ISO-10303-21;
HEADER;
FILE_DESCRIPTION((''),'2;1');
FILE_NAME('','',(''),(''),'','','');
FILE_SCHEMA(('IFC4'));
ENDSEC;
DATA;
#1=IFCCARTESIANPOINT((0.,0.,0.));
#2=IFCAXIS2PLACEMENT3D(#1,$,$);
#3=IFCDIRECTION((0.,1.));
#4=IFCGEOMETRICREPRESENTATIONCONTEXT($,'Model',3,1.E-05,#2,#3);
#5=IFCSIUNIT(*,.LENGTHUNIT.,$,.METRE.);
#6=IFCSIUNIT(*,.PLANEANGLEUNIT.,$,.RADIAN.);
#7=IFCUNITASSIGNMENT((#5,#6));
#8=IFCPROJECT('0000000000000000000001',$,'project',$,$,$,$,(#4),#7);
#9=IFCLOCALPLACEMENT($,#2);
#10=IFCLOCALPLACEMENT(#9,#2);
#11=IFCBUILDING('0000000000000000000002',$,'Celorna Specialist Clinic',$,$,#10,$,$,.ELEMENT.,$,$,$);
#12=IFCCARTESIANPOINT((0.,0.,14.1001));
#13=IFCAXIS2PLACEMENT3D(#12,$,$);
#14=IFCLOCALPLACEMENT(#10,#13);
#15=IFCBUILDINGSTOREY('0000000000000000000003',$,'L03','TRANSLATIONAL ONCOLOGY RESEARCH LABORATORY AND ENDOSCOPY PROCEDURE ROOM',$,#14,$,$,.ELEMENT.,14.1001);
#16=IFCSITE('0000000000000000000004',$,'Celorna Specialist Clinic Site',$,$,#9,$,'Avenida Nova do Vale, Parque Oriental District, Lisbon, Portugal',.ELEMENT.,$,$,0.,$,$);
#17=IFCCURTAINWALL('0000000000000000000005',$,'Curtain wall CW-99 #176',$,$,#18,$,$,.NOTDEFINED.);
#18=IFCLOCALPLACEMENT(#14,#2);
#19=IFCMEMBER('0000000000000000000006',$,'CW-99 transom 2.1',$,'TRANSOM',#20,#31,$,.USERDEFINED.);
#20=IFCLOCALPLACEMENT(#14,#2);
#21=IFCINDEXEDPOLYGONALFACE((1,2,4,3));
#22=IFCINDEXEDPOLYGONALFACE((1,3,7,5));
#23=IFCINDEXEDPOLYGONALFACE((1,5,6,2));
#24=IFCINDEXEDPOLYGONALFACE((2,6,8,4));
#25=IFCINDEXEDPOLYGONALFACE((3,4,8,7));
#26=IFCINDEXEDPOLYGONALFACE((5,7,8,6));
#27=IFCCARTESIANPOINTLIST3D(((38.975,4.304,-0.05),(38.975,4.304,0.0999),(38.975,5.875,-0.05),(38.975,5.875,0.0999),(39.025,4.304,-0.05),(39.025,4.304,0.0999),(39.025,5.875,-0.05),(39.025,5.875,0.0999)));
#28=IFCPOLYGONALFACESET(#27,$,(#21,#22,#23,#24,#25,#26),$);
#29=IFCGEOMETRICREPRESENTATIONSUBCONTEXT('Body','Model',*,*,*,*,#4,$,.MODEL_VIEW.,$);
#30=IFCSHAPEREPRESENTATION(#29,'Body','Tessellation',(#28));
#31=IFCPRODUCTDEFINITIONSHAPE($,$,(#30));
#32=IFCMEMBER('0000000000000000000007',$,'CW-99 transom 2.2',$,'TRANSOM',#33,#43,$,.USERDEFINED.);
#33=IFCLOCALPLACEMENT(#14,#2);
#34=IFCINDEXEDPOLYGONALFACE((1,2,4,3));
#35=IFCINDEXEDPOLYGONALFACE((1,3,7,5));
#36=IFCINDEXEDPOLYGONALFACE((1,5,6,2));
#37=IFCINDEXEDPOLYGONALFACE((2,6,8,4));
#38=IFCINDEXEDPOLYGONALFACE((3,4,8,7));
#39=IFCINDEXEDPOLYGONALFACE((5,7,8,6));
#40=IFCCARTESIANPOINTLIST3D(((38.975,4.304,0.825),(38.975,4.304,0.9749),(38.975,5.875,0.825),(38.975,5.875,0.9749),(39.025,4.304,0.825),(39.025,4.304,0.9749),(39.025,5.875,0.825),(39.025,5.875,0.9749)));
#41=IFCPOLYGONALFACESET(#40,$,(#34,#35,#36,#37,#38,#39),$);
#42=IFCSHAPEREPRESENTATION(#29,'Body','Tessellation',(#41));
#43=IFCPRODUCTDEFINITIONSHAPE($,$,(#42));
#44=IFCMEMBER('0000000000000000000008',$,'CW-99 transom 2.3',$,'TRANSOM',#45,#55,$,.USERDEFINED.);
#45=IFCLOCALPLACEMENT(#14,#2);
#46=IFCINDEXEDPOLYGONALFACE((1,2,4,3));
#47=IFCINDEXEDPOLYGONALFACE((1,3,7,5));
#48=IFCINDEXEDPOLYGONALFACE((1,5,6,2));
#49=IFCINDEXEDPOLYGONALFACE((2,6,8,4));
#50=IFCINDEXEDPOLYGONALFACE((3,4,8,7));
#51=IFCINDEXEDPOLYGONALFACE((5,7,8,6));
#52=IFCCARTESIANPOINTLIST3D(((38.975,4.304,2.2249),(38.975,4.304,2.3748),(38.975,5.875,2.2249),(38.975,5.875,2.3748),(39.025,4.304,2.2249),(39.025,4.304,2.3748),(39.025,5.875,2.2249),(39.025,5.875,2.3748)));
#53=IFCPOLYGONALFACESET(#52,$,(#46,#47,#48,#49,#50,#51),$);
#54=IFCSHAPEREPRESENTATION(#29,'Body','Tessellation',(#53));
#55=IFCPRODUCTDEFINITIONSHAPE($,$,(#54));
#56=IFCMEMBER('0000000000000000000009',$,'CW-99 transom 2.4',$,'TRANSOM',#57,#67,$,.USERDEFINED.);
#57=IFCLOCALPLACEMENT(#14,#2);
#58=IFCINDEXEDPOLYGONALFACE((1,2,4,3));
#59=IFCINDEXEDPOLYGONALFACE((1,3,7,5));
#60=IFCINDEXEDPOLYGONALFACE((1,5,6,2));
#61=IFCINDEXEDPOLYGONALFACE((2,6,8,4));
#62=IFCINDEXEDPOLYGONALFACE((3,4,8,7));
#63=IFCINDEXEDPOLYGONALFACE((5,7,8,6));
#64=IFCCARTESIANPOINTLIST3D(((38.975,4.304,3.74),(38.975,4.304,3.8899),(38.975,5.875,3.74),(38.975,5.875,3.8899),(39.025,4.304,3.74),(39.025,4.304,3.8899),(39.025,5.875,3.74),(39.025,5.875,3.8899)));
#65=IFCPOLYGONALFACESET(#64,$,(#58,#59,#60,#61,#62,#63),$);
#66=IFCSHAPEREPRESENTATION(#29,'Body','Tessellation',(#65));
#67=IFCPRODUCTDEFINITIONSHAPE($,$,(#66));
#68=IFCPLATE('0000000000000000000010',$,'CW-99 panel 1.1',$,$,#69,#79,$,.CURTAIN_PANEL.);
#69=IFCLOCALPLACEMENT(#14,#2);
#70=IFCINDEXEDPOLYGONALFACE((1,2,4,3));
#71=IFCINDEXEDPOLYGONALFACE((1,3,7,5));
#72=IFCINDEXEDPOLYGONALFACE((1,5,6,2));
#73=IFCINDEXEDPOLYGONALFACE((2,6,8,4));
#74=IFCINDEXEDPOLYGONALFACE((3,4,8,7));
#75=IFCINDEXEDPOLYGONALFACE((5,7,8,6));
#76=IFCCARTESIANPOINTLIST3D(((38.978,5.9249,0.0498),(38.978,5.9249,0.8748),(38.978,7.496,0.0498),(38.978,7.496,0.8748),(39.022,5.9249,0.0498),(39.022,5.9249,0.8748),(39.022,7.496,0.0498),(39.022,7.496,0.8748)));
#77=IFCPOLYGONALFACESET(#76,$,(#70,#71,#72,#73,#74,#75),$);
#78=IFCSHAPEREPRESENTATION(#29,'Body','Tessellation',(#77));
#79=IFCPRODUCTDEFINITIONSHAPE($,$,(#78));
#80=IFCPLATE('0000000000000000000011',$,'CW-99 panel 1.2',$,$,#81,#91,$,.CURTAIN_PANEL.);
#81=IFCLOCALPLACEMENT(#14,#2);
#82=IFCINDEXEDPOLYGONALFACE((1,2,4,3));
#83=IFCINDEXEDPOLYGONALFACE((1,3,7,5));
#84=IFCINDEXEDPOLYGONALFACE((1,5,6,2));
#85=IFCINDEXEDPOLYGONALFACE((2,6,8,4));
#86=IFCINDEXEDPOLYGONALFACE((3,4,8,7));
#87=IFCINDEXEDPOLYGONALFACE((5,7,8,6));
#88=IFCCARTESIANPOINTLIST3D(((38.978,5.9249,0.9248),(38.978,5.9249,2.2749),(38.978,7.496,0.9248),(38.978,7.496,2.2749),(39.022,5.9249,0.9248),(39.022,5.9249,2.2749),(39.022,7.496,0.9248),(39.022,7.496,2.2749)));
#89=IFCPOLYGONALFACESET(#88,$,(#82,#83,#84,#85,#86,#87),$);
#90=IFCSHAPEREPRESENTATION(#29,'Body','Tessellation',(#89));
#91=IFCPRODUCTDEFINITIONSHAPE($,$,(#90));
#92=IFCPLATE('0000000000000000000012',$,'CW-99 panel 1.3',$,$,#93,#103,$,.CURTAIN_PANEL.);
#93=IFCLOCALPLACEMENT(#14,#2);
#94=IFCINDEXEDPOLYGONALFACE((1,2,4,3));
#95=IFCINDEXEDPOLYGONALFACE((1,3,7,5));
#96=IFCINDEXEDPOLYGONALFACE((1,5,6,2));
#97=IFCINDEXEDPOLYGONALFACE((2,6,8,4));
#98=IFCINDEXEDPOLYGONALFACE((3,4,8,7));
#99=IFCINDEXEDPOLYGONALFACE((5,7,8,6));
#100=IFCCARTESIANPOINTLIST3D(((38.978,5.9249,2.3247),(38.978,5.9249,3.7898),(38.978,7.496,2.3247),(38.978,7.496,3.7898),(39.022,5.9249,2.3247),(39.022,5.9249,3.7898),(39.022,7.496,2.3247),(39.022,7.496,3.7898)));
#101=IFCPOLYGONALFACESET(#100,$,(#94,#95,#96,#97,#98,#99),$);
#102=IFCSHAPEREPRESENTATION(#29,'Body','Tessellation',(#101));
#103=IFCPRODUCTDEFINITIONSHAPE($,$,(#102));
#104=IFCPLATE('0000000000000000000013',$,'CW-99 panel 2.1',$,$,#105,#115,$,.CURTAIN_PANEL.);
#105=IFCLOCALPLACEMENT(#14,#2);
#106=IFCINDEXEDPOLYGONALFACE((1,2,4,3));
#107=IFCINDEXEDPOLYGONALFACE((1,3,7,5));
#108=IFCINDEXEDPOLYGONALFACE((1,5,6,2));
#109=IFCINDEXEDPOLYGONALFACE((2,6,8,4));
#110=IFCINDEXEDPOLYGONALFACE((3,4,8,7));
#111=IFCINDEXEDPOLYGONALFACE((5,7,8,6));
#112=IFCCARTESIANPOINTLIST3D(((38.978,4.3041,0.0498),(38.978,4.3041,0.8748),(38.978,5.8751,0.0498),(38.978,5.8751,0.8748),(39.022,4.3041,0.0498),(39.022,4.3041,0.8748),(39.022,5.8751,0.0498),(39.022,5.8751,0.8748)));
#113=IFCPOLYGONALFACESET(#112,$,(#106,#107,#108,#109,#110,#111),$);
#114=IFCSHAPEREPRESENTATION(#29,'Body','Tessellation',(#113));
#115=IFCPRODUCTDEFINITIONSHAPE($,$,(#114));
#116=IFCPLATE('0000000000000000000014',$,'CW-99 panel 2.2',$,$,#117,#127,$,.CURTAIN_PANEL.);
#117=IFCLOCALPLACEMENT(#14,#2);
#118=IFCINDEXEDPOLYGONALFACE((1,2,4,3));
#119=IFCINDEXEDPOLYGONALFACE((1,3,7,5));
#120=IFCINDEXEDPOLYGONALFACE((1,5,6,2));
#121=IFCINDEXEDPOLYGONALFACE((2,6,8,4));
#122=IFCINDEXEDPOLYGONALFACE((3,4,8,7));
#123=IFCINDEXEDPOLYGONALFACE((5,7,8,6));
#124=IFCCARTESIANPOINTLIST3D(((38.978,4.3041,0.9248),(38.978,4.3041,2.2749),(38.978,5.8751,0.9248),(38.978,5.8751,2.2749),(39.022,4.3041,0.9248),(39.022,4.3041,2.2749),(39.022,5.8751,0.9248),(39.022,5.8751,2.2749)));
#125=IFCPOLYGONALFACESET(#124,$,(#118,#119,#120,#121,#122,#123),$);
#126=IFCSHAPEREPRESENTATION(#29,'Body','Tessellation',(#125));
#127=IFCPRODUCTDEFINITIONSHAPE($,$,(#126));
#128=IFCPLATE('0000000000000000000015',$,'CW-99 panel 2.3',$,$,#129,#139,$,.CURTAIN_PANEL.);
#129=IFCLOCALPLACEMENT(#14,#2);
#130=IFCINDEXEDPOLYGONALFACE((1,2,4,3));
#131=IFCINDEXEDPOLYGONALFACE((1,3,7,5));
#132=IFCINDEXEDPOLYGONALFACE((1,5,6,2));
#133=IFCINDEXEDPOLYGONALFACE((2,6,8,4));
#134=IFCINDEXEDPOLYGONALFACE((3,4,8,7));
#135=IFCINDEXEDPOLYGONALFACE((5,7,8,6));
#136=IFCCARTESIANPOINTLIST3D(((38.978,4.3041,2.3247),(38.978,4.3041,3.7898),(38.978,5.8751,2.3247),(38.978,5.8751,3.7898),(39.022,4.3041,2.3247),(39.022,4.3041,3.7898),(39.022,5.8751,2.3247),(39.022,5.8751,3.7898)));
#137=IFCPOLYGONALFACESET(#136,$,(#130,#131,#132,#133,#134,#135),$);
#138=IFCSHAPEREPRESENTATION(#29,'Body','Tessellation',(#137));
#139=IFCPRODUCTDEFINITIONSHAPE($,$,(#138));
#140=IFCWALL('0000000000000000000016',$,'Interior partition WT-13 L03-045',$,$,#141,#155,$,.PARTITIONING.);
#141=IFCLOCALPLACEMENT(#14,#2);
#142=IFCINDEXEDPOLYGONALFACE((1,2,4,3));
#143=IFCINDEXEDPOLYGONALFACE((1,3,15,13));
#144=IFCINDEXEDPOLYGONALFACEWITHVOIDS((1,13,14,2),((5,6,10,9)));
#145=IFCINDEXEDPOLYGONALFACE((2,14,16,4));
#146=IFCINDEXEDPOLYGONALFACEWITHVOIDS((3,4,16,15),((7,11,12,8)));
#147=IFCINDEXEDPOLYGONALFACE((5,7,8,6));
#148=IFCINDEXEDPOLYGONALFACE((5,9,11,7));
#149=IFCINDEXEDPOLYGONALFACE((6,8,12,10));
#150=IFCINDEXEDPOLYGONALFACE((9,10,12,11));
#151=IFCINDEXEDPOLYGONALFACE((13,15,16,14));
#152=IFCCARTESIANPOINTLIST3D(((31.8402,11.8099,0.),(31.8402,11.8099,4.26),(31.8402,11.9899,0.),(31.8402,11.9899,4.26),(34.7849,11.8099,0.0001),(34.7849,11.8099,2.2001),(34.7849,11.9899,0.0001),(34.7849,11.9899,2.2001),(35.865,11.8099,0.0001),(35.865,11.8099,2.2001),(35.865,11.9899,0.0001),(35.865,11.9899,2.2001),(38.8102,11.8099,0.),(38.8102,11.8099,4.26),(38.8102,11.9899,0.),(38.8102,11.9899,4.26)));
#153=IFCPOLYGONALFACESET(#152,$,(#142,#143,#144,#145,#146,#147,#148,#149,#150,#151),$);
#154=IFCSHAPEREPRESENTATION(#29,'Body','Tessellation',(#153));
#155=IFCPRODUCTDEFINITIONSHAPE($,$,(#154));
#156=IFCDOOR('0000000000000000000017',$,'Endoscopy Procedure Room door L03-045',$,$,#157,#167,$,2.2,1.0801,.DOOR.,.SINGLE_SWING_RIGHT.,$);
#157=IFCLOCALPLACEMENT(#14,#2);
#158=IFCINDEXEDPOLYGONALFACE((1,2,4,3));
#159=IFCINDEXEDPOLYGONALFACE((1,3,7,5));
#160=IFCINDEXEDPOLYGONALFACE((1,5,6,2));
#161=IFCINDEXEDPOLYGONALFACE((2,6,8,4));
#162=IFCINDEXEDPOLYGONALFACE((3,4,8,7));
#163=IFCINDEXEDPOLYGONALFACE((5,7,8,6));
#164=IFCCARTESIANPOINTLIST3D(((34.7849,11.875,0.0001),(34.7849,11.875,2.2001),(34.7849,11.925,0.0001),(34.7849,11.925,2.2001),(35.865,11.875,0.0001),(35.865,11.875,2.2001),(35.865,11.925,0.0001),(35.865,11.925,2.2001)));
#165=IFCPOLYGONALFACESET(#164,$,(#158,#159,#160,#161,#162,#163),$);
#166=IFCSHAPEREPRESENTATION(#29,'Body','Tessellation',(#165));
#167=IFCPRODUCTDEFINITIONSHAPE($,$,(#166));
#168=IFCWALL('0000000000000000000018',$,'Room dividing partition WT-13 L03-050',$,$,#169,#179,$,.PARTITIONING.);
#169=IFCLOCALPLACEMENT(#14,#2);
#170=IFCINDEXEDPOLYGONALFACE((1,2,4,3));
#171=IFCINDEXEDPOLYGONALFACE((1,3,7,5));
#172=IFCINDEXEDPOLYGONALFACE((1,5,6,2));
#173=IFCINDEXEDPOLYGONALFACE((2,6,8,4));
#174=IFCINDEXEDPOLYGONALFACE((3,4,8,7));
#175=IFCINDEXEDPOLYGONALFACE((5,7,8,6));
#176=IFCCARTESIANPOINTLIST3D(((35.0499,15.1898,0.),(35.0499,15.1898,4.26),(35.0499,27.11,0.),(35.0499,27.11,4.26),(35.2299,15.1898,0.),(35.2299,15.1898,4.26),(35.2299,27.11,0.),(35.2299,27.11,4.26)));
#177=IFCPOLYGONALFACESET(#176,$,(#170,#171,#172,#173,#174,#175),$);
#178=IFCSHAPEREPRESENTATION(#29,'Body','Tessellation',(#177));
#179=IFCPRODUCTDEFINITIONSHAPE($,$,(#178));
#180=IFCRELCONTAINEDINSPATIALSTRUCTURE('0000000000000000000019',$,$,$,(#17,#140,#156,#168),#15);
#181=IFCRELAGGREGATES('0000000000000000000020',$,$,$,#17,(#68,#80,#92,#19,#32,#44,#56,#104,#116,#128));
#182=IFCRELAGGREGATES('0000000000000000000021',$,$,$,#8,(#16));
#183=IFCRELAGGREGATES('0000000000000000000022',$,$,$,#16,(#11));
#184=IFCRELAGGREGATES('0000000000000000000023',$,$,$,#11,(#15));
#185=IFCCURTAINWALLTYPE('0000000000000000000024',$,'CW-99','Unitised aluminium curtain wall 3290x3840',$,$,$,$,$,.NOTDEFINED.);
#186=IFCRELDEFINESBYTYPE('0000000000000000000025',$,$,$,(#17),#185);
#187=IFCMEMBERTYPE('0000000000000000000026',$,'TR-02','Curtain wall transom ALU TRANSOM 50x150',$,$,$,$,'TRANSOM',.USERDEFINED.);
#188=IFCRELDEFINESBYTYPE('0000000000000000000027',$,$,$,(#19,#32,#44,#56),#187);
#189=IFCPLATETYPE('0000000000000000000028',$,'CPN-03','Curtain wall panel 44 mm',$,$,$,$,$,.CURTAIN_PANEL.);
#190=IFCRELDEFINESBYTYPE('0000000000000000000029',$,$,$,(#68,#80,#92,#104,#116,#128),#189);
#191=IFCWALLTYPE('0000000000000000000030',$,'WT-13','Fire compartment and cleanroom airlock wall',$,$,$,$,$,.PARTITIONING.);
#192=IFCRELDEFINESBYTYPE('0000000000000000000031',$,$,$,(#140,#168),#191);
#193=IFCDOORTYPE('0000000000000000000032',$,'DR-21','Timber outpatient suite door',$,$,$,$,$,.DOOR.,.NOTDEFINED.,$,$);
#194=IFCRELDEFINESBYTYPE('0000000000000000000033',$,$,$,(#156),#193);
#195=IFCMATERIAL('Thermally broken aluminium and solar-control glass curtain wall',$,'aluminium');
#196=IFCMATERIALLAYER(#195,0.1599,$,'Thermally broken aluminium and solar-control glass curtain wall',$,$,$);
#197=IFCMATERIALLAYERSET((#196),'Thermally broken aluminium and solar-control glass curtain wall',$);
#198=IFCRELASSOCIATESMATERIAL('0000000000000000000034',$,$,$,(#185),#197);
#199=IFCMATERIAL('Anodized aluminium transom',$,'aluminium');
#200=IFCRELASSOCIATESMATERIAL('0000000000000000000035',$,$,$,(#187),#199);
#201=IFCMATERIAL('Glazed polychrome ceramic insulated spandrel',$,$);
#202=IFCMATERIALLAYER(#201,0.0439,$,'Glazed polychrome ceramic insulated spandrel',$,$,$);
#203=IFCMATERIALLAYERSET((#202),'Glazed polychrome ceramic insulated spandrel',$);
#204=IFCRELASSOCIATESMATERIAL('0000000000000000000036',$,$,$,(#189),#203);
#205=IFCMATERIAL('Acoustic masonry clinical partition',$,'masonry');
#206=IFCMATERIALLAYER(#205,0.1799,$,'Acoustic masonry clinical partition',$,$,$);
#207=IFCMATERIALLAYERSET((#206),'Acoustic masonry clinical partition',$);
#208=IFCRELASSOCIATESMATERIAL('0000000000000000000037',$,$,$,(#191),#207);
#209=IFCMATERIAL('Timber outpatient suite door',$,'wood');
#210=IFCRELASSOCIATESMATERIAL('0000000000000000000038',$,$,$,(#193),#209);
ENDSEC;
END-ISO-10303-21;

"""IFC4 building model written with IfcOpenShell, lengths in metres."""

from ifc_helpers import new_model, si_unit, direction, frame, frame_2d, origin, origin_2d, place, context, subcontext, project, spatial, rectangle, extrude, material, layer, layer_set, material_profile, profile_set, type_object, element, fill, aggregate, save


model = new_model("IFC4")

# Units and contexts
model_context = context("Model", 3, precision=1e-05, world=origin(), true_north=direction((0.0, 1.0)))
body_context = subcontext(model_context, "Body", "Model", "MODEL_VIEW")
ifc_project = project(units=[si_unit("LENGTHUNIT", "METRE"), si_unit("PLANEANGLEUNIT", "RADIAN")], contexts=[model_context])

# Site, building, storey
site_placement = place(None, origin())
site = spatial("IfcSite", under=ifc_project, at=site_placement, Name="Celorna Specialist Clinic Site", LongName="Avenida Nova do Vale, Parque Oriental District, Lisbon, Portugal", CompositionType="ELEMENT", RefElevation=0.0)
building_placement = place(site_placement, origin())
building = spatial("IfcBuilding", under=site, at=building_placement, Name="Celorna Specialist Clinic", CompositionType="ELEMENT")
storey_placement = place(building_placement, frame((0.0, 0.0, 14.1001)))
storey = spatial("IfcBuildingStorey", under=building, at=storey_placement, Name="L03", Description="TRANSLATIONAL ONCOLOGY RESEARCH LABORATORY AND ENDOSCOPY PROCEDURE ROOM", CompositionType="ELEMENT", Elevation=14.1001)

# Curtain wall, members, plates
ifc_material_1 = material(Name="Thermally broken aluminium and solar-control glass curtain wall", Category="aluminium")
ifc_layer_1 = layer(ifc_material_1, 0.1599, Name="Thermally broken aluminium and solar-control glass curtain wall")
ifc_layer_set_1 = layer_set([ifc_layer_1], Name="Thermally broken aluminium and solar-control glass curtain wall")
curtain_wall_type = type_object("IfcCurtainWallType", Name="CW-99", Description="Unitised aluminium curtain wall 3290x3840", PredefinedType="NOTDEFINED", material=ifc_layer_set_1)
curtain_wall_placement = place(storey_placement, origin())
curtain_wall = element("IfcCurtainWall", 1, at=curtain_wall_placement, inside=storey, type_object=curtain_wall_type, Name="Curtain wall CW-99 #176", PredefinedType="NOTDEFINED")
ifc_material_2 = material(Name="Anodized aluminium transom", Category="aluminium")
ifc_material_profile_1 = material_profile(ifc_material_2, rectangle(XDim=0.05, YDim=0.1499, at=origin_2d()), Name="ALU TRANSOM 50x150")
ifc_profile_set_1 = profile_set([ifc_material_profile_1], Name="Anodized aluminium transom")
member_type_1 = type_object("IfcMemberType", Name="TR-02", Description="Curtain wall transom ALU TRANSOM 50x150", ElementType="TRANSOM", PredefinedType="USERDEFINED", material=ifc_profile_set_1)
member_1_placement = place(storey_placement, frame((39.0, 5.875, 0.0249), z_axis=(0.0, -1.0, 0.0), x_axis=(1.0, 0.0, 0.0)))
member_1 = element("IfcMember", 2, at=member_1_placement, type_object=member_type_1, Name="CW-99 transom 2.1", ObjectType="TRANSOM", PredefinedType="USERDEFINED", context=body_context, shape_type="SweptSolid", body=[
    extrude(rectangle(XDim=0.05, YDim=0.1499, at=origin_2d()), origin(), (0.0, 0.0, 1.0), 1.571),
])
member_2_placement = place(storey_placement, frame((39.0, 5.875, 0.8999), z_axis=(0.0, -1.0, 0.0), x_axis=(1.0, 0.0, 0.0)))
member_2 = element("IfcMember", 3, at=member_2_placement, type_object=member_type_1, Name="CW-99 transom 2.2", ObjectType="TRANSOM", PredefinedType="USERDEFINED", context=body_context, shape_type="SweptSolid", body=[
    extrude(rectangle(XDim=0.05, YDim=0.1499, at=origin_2d()), origin(), (0.0, 0.0, 1.0), 1.571),
])
member_3_placement = place(storey_placement, frame((39.0, 5.875, 2.2998), z_axis=(0.0, -1.0, 0.0), x_axis=(1.0, 0.0, 0.0)))
member_3 = element("IfcMember", 4, at=member_3_placement, type_object=member_type_1, Name="CW-99 transom 2.3", ObjectType="TRANSOM", PredefinedType="USERDEFINED", context=body_context, shape_type="SweptSolid", body=[
    extrude(rectangle(XDim=0.05, YDim=0.1499, at=origin_2d()), origin(), (0.0, 0.0, 1.0), 1.571),
])
member_4_placement = place(storey_placement, frame((39.0, 5.875, 3.8149), z_axis=(0.0, -1.0, 0.0), x_axis=(1.0, 0.0, 0.0)))
member_4 = element("IfcMember", 5, at=member_4_placement, type_object=member_type_1, Name="CW-99 transom 2.4", ObjectType="TRANSOM", PredefinedType="USERDEFINED", context=body_context, shape_type="SweptSolid", body=[
    extrude(rectangle(XDim=0.05, YDim=0.1499, at=origin_2d()), origin(), (0.0, 0.0, 1.0), 1.571),
])
ifc_material_3 = material(Name="Glazed polychrome ceramic insulated spandrel")
ifc_layer_2 = layer(ifc_material_3, 0.0439, Name="Glazed polychrome ceramic insulated spandrel")
ifc_layer_set_2 = layer_set([ifc_layer_2], Name="Glazed polychrome ceramic insulated spandrel")
plate_type = type_object("IfcPlateType", Name="CPN-03", Description="Curtain wall panel 44 mm", PredefinedType="CURTAIN_PANEL", material=ifc_layer_set_2)
plate_1_placement = place(storey_placement, frame((39.0, 6.7104, 0.0498), z_axis=(0.0, 0.0, 1.0), x_axis=(0.0, -1.0, 0.0)))
plate_1 = element("IfcPlate", 6, at=plate_1_placement, type_object=plate_type, Name="CW-99 panel 1.1", PredefinedType="CURTAIN_PANEL", context=body_context, shape_type="SweptSolid", body=[
    extrude(rectangle(XDim=1.571, YDim=0.0439, at=origin_2d()), origin(), (0.0, 0.0, 1.0), 0.825),
])
plate_2_placement = place(storey_placement, frame((39.0, 6.7104, 0.9248), z_axis=(0.0, 0.0, 1.0), x_axis=(0.0, -1.0, 0.0)))
plate_2 = element("IfcPlate", 7, at=plate_2_placement, type_object=plate_type, Name="CW-99 panel 1.2", PredefinedType="CURTAIN_PANEL", context=body_context, shape_type="SweptSolid", body=[
    extrude(rectangle(XDim=1.571, YDim=0.0439, at=origin_2d()), origin(), (0.0, 0.0, 1.0), 1.3501),
])
plate_3_placement = place(storey_placement, frame((39.0, 6.7104, 2.3247), z_axis=(0.0, 0.0, 1.0), x_axis=(0.0, -1.0, 0.0)))
plate_3 = element("IfcPlate", 8, at=plate_3_placement, type_object=plate_type, Name="CW-99 panel 1.3", PredefinedType="CURTAIN_PANEL", context=body_context, shape_type="SweptSolid", body=[
    extrude(rectangle(XDim=1.571, YDim=0.0439, at=origin_2d()), origin(), (0.0, 0.0, 1.0), 1.4651),
])
plate_4_placement = place(storey_placement, frame((39.0, 5.0896, 0.0498), z_axis=(0.0, 0.0, 1.0), x_axis=(0.0, -1.0, 0.0)))
plate_4 = element("IfcPlate", 9, at=plate_4_placement, type_object=plate_type, Name="CW-99 panel 2.1", PredefinedType="CURTAIN_PANEL", context=body_context, shape_type="SweptSolid", body=[
    extrude(rectangle(XDim=1.571, YDim=0.0439, at=origin_2d()), origin(), (0.0, 0.0, 1.0), 0.825),
])
plate_5_placement = place(storey_placement, frame((39.0, 5.0896, 0.9248), z_axis=(0.0, 0.0, 1.0), x_axis=(0.0, -1.0, 0.0)))
plate_5 = element("IfcPlate", 10, at=plate_5_placement, type_object=plate_type, Name="CW-99 panel 2.2", PredefinedType="CURTAIN_PANEL", context=body_context, shape_type="SweptSolid", body=[
    extrude(rectangle(XDim=1.571, YDim=0.0439, at=origin_2d()), origin(), (0.0, 0.0, 1.0), 1.3501),
])
plate_6_placement = place(storey_placement, frame((39.0, 5.0896, 2.3247), z_axis=(0.0, 0.0, 1.0), x_axis=(0.0, -1.0, 0.0)))
plate_6 = element("IfcPlate", 11, at=plate_6_placement, type_object=plate_type, Name="CW-99 panel 2.3", PredefinedType="CURTAIN_PANEL", context=body_context, shape_type="SweptSolid", body=[
    extrude(rectangle(XDim=1.571, YDim=0.0439, at=origin_2d()), origin(), (0.0, 0.0, 1.0), 1.4651),
])
aggregate(curtain_wall, [plate_1, plate_2, plate_3, member_1, member_2, member_3, member_4, plate_4, plate_5, plate_6])

# Wall, opening, door
ifc_material_4 = material(Name="Acoustic masonry clinical partition", Category="masonry")
ifc_layer_3 = layer(ifc_material_4, 0.1799, Name="Acoustic masonry clinical partition")
ifc_layer_set_3 = layer_set([ifc_layer_3], Name="Acoustic masonry clinical partition")
wall_type_1 = type_object("IfcWallType", Name="WT-13", Description="Fire compartment and cleanroom airlock wall", PredefinedType="PARTITIONING", material=ifc_layer_set_3)
wall_1_placement = place(storey_placement, frame((38.8101, 11.8999, 0.0), z_axis=(0.0, 0.0, 1.0), x_axis=(-1.0, 0.0, 0.0)))
wall_1 = element("IfcWall", 12, at=wall_1_placement, inside=storey, type_object=wall_type_1, Name="Interior partition WT-13 L03-045", PredefinedType="PARTITIONING", context=body_context, shape_type="SweptSolid", body=[
    extrude(rectangle(XDim=6.97, YDim=0.1799, at=frame_2d((3.4849, 0.0))), origin(), (0.0, 0.0, 1.0), 4.26),
])
opening_1_placement = place(wall_1_placement, frame((2.9451, 0.0, 0.0)))
opening_1 = element("IfcOpeningElement", 13, at=opening_1_placement, cuts=wall_1, PredefinedType="OPENING", context=body_context, shape_type="SweptSolid", body=[
    extrude(rectangle(XDim=1.0801, YDim=2.2, at=frame_2d((0.54, 1.1001))), frame((0.0, 0.0999, 0.0), z_axis=(0.0, -1.0, 0.0), x_axis=(1.0, 0.0, 0.0)), (0.0, 0.0, 1.0), 0.2),
])
ifc_material_5 = material(Name="Timber outpatient suite door", Category="wood")
door_type_1 = type_object("IfcDoorType", Name="DR-21", Description="Timber outpatient suite door", OperationType="NOTDEFINED", PredefinedType="DOOR", material=ifc_material_5)
door_1_placement = place(opening_1_placement, origin())
door_1 = element("IfcDoor", 14, at=door_1_placement, inside=storey, type_object=door_type_1, Name="Endoscopy Procedure Room door L03-045", OperationType="SINGLE_SWING_RIGHT", OverallHeight=2.2, OverallWidth=1.0801, PredefinedType="DOOR", context=body_context, shape_type="SweptSolid", body=[
    extrude(rectangle(XDim=1.0801, YDim=2.2, at=frame_2d((0.54, 1.1001))), frame((0.0, 0.0249, 0.0), z_axis=(0.0, -1.0, 0.0), x_axis=(1.0, 0.0, 0.0)), (0.0, 0.0, 1.0), 0.05),
])
fill(opening_1, door_1)

# Wall
wall_2_placement = place(storey_placement, frame((35.1399, 15.1899, 0.0), z_axis=(0.0, 0.0, 1.0), x_axis=(0.0, 1.0, 0.0)))
element("IfcWall", 15, at=wall_2_placement, inside=storey, type_object=wall_type_1, Name="Room dividing partition WT-13 L03-050", PredefinedType="PARTITIONING", context=body_context, shape_type="SweptSolid", body=[
    extrude(rectangle(XDim=11.9202, YDim=0.1799, at=frame_2d((5.96, 0.0))), origin(), (0.0, 0.0, 1.0), 4.26),
])

save(model, "model.ifc")
